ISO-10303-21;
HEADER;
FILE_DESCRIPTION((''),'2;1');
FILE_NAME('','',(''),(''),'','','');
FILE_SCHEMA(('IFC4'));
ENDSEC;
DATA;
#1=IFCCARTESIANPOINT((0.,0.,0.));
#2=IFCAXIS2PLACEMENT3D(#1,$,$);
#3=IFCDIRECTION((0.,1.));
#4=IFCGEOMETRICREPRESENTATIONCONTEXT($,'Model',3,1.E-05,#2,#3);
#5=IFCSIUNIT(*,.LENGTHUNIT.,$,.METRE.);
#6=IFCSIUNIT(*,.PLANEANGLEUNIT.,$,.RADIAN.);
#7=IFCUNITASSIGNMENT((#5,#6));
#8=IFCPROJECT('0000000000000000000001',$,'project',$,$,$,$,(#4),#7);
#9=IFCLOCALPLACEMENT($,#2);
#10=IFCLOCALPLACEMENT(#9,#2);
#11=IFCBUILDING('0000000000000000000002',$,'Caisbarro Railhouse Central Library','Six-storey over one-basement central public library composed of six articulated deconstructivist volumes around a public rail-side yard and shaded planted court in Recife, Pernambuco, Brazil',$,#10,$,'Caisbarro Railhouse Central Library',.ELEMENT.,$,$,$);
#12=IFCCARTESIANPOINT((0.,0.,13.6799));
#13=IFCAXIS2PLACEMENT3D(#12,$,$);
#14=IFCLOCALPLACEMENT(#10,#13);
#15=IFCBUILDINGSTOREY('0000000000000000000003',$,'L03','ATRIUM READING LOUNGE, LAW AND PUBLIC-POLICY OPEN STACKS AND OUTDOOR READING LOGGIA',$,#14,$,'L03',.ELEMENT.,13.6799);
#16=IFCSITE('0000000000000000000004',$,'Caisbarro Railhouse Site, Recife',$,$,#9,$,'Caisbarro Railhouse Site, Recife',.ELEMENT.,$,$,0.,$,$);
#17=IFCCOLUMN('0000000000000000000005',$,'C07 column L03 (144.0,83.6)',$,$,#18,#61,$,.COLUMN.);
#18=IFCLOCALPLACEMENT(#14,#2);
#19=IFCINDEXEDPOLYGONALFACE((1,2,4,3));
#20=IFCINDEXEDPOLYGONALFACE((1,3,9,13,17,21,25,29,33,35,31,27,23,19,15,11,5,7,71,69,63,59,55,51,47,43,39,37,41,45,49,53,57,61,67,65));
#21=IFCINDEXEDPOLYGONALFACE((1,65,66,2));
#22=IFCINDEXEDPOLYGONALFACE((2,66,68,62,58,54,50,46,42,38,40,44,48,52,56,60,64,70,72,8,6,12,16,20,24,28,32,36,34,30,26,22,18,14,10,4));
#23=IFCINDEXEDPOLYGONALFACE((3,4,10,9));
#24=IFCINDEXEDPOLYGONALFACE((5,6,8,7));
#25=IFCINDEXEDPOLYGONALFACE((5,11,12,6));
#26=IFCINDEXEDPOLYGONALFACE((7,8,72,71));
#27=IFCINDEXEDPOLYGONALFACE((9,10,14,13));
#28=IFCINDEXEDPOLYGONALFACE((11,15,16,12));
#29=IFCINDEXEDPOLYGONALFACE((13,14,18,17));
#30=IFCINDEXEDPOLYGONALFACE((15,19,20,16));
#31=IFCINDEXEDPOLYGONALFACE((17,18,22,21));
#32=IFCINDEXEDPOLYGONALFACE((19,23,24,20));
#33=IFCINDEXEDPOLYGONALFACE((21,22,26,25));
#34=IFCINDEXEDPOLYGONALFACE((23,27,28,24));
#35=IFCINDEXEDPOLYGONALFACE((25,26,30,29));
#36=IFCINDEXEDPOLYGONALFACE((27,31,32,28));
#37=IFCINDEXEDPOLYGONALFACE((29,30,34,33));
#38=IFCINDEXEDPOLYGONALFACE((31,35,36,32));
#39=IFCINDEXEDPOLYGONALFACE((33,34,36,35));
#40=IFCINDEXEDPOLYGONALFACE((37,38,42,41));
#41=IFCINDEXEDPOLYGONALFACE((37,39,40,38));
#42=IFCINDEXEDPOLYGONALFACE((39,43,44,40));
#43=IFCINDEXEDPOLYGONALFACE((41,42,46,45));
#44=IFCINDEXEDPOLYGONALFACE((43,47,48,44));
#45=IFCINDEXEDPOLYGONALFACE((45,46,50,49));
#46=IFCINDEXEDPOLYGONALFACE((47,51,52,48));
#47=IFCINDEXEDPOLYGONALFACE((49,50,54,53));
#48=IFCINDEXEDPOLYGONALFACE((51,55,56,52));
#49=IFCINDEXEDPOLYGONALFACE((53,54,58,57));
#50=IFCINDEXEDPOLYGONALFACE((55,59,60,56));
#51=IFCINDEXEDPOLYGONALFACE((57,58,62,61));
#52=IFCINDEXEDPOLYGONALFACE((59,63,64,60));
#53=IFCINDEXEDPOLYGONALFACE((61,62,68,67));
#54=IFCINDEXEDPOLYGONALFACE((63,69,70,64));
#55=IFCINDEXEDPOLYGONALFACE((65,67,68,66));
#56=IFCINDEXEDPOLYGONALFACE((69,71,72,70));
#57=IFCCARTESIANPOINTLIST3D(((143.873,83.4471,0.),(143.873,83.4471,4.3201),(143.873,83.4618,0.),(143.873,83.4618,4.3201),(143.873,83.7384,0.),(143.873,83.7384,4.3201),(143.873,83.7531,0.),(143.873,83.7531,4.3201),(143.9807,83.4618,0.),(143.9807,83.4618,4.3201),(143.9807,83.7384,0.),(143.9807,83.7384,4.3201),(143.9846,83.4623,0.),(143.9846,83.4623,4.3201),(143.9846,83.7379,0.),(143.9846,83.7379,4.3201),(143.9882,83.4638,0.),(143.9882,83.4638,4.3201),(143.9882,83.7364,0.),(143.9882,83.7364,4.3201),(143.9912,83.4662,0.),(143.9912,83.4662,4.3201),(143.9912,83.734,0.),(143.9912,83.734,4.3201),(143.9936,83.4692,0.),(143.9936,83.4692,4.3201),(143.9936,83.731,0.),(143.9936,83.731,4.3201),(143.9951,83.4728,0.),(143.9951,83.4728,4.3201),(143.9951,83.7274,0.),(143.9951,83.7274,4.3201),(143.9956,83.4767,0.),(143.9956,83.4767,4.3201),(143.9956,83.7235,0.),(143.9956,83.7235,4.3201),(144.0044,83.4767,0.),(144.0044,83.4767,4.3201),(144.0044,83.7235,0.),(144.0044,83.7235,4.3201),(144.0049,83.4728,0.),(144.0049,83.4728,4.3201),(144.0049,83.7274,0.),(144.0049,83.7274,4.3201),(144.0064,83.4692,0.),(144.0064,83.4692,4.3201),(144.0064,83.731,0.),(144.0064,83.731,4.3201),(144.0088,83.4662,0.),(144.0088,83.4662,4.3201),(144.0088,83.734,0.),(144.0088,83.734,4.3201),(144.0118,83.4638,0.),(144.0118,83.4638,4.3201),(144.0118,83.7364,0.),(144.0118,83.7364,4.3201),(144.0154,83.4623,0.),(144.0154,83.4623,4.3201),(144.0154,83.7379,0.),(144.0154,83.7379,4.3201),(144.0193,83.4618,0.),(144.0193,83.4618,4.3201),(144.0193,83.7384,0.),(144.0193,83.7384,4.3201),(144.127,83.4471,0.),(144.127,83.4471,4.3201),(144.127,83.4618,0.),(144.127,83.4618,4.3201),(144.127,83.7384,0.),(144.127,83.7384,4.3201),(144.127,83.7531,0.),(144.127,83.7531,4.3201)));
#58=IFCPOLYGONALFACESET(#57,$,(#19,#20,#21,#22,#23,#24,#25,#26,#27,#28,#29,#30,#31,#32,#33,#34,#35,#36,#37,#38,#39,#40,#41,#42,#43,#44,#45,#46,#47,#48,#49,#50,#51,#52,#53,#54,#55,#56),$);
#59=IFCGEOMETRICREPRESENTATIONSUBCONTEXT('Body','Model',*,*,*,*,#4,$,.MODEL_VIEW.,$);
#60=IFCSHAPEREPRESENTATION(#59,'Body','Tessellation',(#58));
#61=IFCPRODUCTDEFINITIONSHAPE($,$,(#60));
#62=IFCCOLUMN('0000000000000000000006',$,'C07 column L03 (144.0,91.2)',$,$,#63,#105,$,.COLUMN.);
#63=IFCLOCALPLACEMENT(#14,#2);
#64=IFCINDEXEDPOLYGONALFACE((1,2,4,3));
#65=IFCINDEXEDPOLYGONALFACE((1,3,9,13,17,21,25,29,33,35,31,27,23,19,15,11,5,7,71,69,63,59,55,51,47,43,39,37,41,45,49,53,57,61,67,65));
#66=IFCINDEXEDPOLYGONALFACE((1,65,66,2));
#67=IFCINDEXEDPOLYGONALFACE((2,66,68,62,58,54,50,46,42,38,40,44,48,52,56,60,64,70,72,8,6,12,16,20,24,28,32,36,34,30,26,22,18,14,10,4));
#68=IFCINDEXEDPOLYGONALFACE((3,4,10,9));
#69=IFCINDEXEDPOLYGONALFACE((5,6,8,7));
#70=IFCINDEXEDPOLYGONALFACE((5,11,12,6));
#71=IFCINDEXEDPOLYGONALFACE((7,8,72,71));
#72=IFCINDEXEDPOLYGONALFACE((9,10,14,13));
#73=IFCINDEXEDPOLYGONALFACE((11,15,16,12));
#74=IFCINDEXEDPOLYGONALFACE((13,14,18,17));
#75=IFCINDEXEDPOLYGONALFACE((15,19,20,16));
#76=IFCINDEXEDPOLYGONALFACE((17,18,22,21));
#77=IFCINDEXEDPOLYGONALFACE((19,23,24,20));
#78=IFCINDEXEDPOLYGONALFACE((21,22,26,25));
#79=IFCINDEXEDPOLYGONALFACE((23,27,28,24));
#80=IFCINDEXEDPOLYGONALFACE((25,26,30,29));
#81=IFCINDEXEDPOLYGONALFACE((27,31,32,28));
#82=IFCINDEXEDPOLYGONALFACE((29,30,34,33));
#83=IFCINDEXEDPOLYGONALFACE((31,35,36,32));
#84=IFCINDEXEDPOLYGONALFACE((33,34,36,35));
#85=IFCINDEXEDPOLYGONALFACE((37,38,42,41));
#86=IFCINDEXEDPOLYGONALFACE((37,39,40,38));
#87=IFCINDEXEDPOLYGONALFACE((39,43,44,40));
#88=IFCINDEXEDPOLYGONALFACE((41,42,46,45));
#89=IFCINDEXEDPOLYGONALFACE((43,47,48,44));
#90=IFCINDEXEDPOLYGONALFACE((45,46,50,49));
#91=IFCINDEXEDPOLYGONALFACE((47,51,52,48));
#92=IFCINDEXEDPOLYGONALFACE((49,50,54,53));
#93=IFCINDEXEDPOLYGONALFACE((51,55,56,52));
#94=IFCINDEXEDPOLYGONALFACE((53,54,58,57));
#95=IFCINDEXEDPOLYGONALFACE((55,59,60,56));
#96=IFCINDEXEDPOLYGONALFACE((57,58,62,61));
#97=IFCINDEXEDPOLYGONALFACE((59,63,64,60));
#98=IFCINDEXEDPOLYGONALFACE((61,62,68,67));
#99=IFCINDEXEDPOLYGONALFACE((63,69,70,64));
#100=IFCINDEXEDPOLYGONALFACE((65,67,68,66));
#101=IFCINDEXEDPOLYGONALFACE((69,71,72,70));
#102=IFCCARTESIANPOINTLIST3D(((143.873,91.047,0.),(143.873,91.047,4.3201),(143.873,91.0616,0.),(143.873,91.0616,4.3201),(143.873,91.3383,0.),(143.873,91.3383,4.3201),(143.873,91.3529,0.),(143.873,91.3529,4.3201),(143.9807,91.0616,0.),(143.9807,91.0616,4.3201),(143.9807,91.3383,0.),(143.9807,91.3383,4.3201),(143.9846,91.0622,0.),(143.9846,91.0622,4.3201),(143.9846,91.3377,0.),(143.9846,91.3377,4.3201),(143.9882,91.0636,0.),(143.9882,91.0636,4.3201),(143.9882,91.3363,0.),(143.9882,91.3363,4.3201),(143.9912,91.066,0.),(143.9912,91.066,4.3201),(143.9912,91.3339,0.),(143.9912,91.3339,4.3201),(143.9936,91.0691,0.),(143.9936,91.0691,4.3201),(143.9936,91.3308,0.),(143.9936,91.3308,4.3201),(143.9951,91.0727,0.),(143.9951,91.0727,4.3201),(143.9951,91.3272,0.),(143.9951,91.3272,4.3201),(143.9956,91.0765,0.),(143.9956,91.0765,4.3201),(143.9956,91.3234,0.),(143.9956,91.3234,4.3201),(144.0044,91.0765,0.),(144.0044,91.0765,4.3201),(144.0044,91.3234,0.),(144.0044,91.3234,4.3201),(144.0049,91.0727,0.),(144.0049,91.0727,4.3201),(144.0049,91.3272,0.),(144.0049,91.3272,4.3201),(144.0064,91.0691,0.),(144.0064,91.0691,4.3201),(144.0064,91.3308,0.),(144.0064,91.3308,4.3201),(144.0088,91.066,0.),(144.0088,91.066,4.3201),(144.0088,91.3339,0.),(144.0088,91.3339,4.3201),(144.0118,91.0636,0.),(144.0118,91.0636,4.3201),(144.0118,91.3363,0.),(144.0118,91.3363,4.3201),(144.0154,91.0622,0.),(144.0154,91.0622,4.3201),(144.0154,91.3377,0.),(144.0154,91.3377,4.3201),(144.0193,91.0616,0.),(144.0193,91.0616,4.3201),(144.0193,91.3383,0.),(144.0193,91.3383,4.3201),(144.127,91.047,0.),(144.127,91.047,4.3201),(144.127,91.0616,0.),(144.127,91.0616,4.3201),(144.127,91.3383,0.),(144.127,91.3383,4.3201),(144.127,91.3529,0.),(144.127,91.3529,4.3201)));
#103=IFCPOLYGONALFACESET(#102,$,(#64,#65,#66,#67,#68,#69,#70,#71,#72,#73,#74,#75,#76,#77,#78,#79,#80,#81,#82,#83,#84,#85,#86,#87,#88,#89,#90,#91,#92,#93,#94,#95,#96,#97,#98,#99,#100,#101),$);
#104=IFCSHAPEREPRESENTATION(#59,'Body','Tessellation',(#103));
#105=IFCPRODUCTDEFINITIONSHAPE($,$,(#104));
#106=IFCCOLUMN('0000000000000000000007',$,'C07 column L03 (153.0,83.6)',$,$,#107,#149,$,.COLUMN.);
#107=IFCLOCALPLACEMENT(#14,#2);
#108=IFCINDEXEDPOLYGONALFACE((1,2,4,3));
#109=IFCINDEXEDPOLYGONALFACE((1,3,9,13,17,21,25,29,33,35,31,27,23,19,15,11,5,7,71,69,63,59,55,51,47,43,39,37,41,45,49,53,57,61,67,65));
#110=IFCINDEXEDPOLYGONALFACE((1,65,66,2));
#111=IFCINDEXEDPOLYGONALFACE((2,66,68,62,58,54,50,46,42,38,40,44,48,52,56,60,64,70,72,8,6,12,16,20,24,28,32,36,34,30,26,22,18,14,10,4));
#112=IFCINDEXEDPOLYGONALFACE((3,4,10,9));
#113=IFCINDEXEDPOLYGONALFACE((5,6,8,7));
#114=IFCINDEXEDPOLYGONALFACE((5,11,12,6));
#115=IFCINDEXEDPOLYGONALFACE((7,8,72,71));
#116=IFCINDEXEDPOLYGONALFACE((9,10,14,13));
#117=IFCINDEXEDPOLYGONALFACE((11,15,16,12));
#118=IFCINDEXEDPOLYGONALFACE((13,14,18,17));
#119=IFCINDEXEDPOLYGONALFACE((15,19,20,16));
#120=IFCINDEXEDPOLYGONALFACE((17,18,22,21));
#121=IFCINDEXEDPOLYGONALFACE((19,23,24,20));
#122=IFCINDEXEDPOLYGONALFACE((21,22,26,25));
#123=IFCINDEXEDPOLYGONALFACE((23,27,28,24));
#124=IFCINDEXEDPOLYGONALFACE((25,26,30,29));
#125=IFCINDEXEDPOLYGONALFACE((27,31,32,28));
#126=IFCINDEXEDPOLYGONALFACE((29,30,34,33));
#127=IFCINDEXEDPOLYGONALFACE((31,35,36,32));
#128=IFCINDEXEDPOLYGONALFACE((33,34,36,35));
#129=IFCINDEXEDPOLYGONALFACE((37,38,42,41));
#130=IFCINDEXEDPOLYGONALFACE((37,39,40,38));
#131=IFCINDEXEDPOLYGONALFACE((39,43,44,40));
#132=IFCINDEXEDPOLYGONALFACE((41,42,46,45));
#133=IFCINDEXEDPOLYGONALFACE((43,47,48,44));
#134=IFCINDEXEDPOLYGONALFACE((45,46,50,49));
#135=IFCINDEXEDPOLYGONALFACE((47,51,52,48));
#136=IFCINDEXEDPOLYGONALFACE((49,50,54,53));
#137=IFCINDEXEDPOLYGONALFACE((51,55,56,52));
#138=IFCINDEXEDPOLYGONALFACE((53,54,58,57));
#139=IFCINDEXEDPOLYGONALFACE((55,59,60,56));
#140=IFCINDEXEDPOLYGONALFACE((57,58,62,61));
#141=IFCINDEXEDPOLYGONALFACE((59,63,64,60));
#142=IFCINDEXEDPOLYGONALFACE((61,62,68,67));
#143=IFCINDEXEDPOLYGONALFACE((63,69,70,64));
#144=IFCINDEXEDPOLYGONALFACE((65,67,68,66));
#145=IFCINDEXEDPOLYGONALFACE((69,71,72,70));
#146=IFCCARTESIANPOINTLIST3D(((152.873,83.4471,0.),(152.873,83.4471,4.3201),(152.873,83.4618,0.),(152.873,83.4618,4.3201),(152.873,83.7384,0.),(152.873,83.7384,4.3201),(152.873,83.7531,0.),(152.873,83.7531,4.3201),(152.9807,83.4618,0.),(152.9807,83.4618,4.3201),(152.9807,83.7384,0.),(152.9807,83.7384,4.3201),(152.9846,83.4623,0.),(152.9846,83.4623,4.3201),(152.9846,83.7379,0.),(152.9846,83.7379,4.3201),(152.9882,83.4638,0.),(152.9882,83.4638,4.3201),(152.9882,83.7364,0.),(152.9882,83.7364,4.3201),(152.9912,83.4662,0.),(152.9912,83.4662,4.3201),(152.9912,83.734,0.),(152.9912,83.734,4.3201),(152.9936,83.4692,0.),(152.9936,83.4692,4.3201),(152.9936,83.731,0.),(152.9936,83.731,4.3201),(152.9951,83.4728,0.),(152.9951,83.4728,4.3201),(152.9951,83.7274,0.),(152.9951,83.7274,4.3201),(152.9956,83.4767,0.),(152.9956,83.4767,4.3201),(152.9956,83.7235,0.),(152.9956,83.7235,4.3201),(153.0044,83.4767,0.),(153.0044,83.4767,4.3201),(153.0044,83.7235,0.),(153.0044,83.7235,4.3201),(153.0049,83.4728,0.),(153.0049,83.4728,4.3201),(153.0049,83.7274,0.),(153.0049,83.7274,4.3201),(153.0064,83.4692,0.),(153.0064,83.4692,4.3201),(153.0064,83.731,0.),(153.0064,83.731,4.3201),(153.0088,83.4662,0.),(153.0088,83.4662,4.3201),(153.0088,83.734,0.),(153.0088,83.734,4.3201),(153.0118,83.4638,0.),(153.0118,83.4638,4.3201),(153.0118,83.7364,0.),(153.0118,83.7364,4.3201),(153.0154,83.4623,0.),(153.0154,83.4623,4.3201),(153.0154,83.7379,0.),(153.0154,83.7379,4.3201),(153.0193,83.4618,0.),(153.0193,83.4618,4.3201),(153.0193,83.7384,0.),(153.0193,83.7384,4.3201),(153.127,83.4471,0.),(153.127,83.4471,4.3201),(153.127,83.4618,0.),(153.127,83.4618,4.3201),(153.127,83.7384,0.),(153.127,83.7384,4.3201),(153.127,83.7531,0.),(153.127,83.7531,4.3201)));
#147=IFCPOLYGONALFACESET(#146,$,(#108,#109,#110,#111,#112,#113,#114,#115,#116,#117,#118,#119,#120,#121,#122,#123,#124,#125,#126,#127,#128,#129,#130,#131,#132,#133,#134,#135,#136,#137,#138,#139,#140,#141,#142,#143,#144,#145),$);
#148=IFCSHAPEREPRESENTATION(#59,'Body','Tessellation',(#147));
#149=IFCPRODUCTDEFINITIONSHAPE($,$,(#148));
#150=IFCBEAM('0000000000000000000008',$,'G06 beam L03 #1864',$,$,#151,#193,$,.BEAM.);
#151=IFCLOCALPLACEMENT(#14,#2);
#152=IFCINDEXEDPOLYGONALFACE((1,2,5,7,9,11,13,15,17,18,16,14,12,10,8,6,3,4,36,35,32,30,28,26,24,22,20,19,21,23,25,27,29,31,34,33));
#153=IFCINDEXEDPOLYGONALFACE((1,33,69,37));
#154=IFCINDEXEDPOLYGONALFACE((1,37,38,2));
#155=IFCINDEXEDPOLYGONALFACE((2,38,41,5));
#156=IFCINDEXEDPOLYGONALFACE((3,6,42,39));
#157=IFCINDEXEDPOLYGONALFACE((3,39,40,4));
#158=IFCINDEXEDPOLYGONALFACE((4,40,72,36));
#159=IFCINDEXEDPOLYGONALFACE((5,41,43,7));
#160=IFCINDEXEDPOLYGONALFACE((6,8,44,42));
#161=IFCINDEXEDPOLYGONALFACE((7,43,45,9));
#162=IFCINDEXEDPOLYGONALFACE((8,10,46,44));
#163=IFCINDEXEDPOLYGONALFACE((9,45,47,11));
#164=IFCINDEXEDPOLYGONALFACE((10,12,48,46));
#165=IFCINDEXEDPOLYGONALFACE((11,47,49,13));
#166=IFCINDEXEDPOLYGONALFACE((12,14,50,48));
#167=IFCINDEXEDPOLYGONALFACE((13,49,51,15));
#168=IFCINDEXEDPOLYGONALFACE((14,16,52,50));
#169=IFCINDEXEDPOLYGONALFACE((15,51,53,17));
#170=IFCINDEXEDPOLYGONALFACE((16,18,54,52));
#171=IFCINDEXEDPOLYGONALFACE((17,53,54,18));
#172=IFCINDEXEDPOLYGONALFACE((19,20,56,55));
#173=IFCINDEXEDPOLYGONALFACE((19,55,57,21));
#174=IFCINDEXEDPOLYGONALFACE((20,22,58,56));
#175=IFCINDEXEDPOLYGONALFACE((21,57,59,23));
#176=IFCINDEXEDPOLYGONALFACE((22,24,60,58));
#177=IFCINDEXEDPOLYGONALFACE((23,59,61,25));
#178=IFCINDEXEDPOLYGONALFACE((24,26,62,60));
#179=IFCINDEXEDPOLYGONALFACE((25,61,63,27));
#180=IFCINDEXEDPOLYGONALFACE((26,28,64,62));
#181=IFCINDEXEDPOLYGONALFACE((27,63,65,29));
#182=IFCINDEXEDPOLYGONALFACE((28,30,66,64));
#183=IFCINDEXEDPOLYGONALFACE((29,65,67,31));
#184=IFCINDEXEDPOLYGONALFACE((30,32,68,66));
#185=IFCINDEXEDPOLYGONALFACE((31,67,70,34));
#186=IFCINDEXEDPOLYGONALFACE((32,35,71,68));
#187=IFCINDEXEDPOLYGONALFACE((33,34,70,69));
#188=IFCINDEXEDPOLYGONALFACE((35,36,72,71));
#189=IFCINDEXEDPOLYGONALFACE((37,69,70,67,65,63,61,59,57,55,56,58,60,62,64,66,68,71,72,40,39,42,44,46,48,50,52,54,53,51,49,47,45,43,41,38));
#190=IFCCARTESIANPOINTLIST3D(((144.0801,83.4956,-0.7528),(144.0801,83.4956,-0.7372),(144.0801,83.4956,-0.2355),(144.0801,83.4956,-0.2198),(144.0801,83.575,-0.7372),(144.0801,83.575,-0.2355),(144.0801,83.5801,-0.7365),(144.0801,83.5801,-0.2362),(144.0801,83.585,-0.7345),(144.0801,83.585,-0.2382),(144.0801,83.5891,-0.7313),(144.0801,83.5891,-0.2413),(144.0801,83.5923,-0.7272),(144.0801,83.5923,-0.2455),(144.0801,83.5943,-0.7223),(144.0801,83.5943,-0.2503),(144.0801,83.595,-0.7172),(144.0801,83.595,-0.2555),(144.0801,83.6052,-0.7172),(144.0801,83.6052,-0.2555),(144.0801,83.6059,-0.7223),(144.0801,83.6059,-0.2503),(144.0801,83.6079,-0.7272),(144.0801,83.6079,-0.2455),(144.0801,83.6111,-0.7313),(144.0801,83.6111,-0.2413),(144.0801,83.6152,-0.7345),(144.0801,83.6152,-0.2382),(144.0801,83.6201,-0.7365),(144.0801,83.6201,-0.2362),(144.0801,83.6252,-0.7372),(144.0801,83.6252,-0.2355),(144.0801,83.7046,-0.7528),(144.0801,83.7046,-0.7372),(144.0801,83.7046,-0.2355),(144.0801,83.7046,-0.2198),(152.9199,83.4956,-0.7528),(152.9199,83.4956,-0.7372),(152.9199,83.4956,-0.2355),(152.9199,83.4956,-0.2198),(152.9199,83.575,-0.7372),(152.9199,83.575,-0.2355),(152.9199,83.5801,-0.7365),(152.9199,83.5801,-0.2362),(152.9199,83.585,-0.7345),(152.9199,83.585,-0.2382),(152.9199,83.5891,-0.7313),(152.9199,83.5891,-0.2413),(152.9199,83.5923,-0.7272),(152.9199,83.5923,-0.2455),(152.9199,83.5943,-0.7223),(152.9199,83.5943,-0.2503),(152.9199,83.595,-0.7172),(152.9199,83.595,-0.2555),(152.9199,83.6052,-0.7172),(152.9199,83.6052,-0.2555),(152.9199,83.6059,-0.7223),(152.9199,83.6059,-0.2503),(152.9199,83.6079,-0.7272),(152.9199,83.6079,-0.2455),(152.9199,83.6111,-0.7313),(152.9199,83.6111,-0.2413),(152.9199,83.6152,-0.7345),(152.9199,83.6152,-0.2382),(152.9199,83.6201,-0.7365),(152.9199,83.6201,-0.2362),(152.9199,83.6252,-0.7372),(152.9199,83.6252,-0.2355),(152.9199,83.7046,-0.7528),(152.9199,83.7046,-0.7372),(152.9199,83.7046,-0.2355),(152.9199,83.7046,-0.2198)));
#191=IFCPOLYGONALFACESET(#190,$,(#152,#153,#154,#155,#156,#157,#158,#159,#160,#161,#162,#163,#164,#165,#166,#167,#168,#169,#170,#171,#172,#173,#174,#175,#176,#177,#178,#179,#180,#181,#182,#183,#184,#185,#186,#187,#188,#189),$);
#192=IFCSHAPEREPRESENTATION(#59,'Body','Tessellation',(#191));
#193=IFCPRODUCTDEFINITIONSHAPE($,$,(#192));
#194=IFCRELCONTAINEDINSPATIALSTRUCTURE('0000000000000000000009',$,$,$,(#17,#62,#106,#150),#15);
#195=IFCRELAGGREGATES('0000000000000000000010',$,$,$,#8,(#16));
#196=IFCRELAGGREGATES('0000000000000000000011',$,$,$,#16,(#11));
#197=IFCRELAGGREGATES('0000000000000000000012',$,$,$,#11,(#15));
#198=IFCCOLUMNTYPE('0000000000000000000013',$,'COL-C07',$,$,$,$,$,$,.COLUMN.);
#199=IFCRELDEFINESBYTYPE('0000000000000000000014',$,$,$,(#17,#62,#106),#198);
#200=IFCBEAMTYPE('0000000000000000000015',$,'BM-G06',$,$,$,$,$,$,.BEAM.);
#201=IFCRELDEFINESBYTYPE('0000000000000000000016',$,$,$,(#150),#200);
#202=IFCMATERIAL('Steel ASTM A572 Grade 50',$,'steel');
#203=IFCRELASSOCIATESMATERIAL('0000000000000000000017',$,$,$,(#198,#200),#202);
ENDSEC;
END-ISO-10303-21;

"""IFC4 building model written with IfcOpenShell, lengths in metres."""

from ifc_helpers import new_model, si_unit, direction, frame, origin, origin_2d, place, context, subcontext, project, spatial, i_section, extrude, material, material_profile, profile_set, type_object, element, save


model = new_model("IFC4")

# Units and contexts
model_context = context("Model", 3, precision=1e-05, world=origin(), true_north=direction((0.0, 1.0)))
body_context = subcontext(model_context, "Body", "Model", "MODEL_VIEW")
ifc_project = project(units=[si_unit("LENGTHUNIT", "METRE"), si_unit("PLANEANGLEUNIT", "RADIAN")], contexts=[model_context])

# Site, building, storey
site_placement = place(None, origin())
site = spatial("IfcSite", under=ifc_project, at=site_placement, Name="Caisbarro Railhouse Site, Recife", LongName="Caisbarro Railhouse Site, Recife", CompositionType="ELEMENT", RefElevation=0.0)
building_placement = place(site_placement, origin())
building = spatial("IfcBuilding", under=site, at=building_placement, Name="Caisbarro Railhouse Central Library", Description="Six-storey over one-basement central public library composed of six articulated deconstructivist volumes around a public rail-side yard and shaded planted court in Recife, Pernambuco, Brazil", LongName="Caisbarro Railhouse Central Library", CompositionType="ELEMENT")
storey_placement = place(building_placement, frame((0.0, 0.0, 13.6799)))
storey = spatial("IfcBuildingStorey", under=building, at=storey_placement, Name="L03", Description="ATRIUM READING LOUNGE, LAW AND PUBLIC-POLICY OPEN STACKS AND OUTDOOR READING LOGGIA", LongName="L03", CompositionType="ELEMENT", Elevation=13.6799)

# Columns
ifc_material_1 = material(Name="Steel ASTM A572 Grade 50", Category="steel")
ifc_material_profile_1 = material_profile(ifc_material_1, i_section(OverallWidth=0.2539, OverallDepth=0.3059, WebThickness=0.0088, FlangeThickness=0.0146, FilletRadius=0.0149, at=origin_2d()), Name="W310X79.0")
ifc_profile_set_1 = profile_set([ifc_material_profile_1], Name="Steel ASTM A572 Grade 50")
column_type = type_object("IfcColumnType", Name="COL-C07", PredefinedType="COLUMN", material=ifc_profile_set_1)
for number, where, z_axis, x_axis, name in (
    (1, (144.0, 83.6001, 0.0), (0.0, 0.0, 1.0), (1.0, 0.0, 0.0), "C07 column L03 (144.0,83.6)"),
    (2, (144.0, 91.2, 0.0), (0.0, 0.0, 1.0), (1.0, 0.0, 0.0), "C07 column L03 (144.0,91.2)"),
    (3, (153.0, 83.6001, 0.0), (0.0, 0.0, 1.0), (1.0, 0.0, 0.0), "C07 column L03 (153.0,83.6)"),
):
    element("IfcColumn", number, at=place(storey_placement, frame(where, z_axis=z_axis, x_axis=x_axis)), inside=storey, type_object=column_type, Name=name, PredefinedType="COLUMN", context=body_context, shape_type="SweptSolid", body=[
        extrude(i_section(OverallWidth=0.2539, OverallDepth=0.3059, WebThickness=0.0088, FlangeThickness=0.0146, FilletRadius=0.0149, at=origin_2d()), origin(), (0.0, 0.0, 1.0), 4.3201),
    ])

# Beam
ifc_material_profile_2 = material_profile(ifc_material_1, i_section(OverallWidth=0.209, OverallDepth=0.533, WebThickness=0.0103, FlangeThickness=0.0156, FilletRadius=0.02, at=origin_2d()), Name="W530X92.0")
ifc_profile_set_2 = profile_set([ifc_material_profile_2], Name="Steel ASTM A572 Grade 50")
beam_type_1 = type_object("IfcBeamType", Name="BM-G06", PredefinedType="BEAM", material=ifc_profile_set_2)
for number, where, z_axis, x_axis, name in (
    (4, (144.0801, 83.6001, -0.4863), (1.0, 0.0, 0.0), (0.0, 1.0, 0.0), "G06 beam L03 #1864"),
):
    element("IfcBeam", number, at=place(storey_placement, frame(where, z_axis=z_axis, x_axis=x_axis)), inside=storey, type_object=beam_type_1, Name=name, PredefinedType="BEAM", context=body_context, shape_type="SweptSolid", body=[
        extrude(i_section(OverallWidth=0.209, OverallDepth=0.533, WebThickness=0.0103, FlangeThickness=0.0156, FilletRadius=0.02, at=origin_2d()), origin(), (0.0, 0.0, 1.0), 8.8398),
    ])

save(model, "model.ifc")
